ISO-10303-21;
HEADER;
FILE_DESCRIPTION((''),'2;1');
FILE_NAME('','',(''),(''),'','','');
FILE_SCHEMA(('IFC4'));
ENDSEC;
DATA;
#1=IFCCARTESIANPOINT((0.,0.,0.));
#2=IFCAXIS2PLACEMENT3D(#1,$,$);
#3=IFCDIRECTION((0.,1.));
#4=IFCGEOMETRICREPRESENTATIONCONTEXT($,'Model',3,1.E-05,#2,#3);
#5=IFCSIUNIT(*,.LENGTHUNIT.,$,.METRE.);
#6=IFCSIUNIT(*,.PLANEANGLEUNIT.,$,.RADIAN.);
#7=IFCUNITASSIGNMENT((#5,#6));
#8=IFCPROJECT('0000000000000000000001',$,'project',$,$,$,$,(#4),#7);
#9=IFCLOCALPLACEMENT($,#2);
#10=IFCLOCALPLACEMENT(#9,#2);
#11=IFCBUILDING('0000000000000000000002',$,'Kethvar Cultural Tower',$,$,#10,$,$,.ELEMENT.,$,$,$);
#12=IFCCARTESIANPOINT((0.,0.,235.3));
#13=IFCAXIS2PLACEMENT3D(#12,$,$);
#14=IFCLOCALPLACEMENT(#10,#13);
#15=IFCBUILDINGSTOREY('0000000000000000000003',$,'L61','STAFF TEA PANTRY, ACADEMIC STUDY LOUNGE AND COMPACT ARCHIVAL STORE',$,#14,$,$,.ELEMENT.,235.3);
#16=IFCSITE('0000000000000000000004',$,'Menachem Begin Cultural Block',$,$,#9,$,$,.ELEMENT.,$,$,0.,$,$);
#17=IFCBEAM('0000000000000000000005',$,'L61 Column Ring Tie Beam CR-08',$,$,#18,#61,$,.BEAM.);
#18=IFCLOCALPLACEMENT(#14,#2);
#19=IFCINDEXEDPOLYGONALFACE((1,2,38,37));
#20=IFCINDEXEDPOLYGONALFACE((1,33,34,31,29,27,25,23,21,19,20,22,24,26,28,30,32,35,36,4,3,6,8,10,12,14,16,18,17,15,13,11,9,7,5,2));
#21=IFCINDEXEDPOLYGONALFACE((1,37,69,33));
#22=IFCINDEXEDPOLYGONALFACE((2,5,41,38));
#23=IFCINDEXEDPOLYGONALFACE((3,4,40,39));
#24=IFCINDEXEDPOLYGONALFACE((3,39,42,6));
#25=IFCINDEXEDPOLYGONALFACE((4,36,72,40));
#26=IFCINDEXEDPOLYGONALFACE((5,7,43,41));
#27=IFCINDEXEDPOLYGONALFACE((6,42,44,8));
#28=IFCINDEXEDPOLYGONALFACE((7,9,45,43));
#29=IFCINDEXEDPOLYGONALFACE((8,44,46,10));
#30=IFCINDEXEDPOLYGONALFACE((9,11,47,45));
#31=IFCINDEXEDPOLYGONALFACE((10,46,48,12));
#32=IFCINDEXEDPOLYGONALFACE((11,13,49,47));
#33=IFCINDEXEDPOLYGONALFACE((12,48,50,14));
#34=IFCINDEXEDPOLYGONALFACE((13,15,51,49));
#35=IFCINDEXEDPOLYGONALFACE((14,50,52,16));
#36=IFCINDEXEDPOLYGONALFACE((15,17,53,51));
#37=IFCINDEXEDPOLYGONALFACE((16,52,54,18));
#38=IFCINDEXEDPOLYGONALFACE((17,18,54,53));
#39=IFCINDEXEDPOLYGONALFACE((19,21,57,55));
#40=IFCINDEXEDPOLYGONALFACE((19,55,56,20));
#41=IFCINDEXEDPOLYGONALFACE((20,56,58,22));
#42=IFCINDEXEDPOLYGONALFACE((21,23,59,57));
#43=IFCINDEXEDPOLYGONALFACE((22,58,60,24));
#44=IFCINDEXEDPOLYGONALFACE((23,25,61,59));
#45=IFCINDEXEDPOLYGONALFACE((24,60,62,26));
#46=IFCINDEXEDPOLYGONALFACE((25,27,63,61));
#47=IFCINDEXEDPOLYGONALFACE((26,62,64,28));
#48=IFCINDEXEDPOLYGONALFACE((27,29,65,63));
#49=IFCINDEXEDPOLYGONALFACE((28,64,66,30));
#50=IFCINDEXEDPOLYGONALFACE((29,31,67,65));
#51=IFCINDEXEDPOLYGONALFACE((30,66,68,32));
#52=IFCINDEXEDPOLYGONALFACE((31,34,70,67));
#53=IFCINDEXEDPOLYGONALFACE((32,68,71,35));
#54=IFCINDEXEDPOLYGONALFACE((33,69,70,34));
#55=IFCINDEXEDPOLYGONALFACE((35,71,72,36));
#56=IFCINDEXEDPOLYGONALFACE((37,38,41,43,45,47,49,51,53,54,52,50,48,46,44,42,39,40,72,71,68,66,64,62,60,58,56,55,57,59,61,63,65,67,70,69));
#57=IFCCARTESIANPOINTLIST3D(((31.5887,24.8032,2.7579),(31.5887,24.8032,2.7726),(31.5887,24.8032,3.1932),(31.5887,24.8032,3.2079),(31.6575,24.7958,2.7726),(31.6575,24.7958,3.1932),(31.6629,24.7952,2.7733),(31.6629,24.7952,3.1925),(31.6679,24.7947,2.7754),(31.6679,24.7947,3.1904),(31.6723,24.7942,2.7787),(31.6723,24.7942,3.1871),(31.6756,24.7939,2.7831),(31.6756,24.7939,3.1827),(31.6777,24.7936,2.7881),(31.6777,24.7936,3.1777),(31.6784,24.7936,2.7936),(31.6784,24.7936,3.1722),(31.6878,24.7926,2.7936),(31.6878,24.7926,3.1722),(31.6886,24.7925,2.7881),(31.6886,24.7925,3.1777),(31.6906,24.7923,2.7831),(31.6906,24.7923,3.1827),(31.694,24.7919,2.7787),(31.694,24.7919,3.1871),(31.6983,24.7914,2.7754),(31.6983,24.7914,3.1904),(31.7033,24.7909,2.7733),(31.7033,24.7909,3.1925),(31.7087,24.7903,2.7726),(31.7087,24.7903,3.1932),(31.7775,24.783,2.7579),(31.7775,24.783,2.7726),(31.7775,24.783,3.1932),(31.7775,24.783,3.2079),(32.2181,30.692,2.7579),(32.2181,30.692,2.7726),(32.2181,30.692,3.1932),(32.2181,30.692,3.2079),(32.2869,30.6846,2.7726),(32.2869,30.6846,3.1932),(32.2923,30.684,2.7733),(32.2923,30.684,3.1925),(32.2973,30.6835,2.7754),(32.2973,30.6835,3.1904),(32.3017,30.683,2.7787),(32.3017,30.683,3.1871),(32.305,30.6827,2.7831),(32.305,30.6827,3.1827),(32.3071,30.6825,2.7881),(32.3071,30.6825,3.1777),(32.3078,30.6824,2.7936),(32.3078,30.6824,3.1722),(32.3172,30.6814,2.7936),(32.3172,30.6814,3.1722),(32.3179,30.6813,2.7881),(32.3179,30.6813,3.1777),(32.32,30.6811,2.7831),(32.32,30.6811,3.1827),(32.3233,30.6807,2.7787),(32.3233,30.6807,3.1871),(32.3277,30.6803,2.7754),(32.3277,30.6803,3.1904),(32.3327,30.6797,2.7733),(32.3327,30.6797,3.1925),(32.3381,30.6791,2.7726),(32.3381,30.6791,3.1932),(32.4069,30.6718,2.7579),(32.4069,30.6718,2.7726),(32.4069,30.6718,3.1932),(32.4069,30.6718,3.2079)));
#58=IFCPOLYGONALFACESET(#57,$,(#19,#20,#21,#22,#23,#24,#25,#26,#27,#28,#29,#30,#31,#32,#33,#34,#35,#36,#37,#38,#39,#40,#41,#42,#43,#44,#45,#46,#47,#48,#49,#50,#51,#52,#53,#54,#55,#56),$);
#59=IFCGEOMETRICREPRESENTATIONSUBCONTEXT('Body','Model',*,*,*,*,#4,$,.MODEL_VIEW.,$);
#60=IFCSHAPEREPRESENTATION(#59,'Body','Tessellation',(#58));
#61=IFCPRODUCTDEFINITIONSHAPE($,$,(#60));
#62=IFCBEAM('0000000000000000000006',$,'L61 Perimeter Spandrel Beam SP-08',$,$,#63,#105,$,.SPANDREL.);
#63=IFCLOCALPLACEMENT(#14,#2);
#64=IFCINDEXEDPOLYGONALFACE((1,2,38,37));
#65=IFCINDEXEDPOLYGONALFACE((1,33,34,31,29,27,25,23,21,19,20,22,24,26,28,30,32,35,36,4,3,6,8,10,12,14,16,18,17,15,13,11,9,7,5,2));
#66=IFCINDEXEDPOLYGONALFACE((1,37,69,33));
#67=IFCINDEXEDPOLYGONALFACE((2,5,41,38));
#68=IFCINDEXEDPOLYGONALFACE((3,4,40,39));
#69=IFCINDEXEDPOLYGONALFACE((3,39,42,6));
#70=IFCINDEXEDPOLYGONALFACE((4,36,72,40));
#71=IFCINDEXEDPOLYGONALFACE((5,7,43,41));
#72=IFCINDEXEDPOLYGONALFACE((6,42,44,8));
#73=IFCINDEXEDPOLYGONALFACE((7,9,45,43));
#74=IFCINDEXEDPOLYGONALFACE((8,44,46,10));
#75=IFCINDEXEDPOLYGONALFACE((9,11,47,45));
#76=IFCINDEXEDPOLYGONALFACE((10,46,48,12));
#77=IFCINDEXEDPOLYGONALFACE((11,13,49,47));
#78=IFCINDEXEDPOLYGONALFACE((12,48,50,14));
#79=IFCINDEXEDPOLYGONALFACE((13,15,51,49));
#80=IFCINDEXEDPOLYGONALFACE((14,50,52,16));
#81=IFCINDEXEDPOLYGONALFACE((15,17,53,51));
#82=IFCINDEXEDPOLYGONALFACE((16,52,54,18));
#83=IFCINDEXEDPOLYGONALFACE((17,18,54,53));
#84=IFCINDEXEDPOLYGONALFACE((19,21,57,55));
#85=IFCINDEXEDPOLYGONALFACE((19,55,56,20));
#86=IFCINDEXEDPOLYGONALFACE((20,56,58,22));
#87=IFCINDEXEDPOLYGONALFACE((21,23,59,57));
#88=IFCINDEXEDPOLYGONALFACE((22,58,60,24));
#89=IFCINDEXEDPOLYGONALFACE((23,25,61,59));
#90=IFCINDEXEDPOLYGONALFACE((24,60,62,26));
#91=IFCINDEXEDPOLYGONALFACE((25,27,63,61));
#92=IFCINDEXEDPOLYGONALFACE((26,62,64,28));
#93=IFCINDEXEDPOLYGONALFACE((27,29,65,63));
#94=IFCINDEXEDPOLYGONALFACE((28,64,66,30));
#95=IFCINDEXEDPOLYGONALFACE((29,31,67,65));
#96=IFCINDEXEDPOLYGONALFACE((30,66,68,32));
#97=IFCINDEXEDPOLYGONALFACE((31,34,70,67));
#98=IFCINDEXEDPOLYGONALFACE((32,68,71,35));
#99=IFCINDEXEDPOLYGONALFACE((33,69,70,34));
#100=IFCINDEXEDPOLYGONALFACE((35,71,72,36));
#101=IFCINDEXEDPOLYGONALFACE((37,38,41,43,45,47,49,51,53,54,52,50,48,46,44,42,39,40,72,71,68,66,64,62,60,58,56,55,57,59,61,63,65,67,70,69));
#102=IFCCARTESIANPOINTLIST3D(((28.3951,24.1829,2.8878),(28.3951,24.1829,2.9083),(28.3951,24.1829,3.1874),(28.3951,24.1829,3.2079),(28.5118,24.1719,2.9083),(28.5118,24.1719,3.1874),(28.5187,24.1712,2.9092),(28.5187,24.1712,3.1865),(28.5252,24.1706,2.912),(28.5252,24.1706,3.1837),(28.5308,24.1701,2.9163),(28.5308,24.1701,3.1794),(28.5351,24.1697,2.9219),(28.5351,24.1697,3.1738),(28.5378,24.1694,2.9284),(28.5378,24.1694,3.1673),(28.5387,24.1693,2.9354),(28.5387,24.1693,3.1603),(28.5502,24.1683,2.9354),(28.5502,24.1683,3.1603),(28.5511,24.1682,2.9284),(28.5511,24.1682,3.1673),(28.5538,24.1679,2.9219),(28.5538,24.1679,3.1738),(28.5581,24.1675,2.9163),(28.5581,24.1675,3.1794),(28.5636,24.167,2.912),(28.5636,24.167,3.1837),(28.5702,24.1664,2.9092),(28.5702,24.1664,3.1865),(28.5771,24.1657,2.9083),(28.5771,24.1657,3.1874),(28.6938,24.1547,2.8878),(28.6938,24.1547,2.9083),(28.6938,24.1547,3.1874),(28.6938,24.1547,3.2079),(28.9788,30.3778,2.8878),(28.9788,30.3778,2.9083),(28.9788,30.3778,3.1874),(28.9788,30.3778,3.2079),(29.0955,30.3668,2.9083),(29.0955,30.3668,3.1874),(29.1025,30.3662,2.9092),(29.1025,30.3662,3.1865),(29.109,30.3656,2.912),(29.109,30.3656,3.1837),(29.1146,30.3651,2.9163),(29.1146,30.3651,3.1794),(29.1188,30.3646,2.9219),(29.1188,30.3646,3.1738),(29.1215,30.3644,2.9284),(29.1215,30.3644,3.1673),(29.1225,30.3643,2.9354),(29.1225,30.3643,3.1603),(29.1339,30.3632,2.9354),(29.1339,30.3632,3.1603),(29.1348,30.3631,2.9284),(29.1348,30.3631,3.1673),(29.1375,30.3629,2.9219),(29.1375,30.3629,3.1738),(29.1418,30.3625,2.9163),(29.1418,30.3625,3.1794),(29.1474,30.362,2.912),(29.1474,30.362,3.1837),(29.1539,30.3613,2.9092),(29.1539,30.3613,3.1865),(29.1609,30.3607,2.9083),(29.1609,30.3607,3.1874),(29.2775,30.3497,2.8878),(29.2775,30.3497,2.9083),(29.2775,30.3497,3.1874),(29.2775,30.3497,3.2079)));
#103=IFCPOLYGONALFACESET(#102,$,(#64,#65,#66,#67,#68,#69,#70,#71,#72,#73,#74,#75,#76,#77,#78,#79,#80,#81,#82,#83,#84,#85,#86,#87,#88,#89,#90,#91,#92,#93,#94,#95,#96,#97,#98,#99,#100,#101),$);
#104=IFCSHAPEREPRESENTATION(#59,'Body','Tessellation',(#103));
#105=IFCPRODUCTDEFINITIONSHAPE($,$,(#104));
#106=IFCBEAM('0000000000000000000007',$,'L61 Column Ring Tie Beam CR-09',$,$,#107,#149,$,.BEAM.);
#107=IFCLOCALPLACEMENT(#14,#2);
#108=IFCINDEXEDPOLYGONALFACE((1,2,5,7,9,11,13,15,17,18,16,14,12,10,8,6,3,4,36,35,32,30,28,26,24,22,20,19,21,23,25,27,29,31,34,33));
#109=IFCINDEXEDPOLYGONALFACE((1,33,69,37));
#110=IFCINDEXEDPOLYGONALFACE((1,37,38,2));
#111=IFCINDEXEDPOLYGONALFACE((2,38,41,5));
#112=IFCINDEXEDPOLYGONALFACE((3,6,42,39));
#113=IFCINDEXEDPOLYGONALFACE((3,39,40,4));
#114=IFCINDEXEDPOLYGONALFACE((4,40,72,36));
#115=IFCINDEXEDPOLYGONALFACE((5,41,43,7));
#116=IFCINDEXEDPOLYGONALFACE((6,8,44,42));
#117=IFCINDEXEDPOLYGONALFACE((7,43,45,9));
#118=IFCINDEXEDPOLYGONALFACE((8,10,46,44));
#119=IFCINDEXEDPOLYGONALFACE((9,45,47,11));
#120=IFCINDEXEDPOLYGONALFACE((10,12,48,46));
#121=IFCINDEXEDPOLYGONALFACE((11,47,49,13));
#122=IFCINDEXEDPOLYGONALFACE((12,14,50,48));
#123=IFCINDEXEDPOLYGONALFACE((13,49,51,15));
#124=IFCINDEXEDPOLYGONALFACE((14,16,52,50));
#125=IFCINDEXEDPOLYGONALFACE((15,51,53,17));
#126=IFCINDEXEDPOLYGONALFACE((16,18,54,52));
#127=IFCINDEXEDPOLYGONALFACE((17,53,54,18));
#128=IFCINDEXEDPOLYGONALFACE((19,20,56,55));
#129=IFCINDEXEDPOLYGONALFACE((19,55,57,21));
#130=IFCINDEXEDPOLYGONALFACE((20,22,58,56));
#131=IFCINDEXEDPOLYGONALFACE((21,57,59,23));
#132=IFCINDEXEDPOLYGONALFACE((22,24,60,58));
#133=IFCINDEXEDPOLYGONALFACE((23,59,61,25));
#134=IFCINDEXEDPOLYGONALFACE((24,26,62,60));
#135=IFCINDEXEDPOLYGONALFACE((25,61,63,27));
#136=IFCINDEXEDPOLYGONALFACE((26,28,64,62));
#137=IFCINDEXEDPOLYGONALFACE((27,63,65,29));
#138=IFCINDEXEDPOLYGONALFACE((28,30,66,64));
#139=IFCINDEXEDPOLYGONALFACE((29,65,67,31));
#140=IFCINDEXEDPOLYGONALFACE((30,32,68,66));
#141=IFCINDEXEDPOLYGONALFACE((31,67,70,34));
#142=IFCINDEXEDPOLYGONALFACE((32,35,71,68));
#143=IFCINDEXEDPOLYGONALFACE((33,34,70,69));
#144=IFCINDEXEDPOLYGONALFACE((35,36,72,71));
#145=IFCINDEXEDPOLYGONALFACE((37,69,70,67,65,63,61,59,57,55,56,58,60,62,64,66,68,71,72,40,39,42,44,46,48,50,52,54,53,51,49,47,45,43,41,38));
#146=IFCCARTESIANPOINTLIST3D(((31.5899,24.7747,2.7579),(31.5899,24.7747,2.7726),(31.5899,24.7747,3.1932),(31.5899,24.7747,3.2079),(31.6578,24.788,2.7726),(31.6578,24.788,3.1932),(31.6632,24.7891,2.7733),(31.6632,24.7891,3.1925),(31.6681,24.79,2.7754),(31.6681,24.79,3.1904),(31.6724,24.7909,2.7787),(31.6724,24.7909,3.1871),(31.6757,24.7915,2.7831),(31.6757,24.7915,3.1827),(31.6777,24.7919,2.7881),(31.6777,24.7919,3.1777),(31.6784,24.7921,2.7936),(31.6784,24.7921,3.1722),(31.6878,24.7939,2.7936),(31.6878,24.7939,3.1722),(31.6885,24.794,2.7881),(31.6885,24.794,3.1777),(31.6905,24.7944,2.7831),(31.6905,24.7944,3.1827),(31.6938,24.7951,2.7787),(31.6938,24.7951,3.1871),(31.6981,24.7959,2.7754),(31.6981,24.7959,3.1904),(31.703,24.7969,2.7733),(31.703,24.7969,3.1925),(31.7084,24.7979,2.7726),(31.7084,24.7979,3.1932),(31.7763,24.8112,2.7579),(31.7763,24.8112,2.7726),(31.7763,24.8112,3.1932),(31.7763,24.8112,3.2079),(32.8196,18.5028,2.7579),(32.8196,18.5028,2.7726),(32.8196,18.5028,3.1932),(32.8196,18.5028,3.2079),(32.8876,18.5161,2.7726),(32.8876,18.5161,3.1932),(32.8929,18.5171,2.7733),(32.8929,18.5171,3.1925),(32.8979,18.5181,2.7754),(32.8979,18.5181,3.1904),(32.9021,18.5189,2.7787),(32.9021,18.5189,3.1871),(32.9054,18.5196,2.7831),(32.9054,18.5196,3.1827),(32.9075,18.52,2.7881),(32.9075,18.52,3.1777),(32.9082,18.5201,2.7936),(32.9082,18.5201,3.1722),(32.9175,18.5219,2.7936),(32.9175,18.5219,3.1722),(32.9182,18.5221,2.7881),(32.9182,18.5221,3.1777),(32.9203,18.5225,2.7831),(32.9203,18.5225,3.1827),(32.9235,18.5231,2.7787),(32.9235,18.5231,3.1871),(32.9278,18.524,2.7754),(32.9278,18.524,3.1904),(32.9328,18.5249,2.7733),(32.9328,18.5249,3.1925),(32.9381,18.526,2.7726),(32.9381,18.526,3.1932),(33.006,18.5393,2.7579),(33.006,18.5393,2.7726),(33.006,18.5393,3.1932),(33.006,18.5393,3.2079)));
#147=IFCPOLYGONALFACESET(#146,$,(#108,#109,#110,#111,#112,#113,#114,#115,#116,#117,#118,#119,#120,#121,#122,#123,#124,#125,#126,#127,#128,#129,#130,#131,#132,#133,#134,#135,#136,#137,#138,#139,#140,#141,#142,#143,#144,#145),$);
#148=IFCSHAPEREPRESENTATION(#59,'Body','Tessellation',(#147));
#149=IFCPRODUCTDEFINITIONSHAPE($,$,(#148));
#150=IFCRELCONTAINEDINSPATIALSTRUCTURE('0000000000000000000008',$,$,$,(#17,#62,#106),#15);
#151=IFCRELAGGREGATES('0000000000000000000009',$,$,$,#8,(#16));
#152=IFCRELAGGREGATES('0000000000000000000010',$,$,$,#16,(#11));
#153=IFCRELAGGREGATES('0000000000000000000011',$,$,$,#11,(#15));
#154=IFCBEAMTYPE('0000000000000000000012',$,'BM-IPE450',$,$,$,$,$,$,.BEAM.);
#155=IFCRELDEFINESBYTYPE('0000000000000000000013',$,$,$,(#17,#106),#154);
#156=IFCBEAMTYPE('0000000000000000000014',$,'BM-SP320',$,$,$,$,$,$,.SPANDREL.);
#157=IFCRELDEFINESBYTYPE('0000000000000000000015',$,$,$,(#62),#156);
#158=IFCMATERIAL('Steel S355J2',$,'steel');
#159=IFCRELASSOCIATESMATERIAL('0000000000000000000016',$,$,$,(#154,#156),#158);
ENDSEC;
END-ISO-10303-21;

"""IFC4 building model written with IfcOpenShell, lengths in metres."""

from ifc_helpers import new_model, si_unit, direction, frame, origin, origin_2d, place, context, subcontext, project, spatial, i_section, extrude, source, transform, mapped, material, material_profile, profile_set, type_object, element, save


model = new_model("IFC4")

# Units and contexts
model_context = context("Model", 3, precision=1e-05, world=origin(), true_north=direction((0.0, 1.0)))
body_context = subcontext(model_context, "Body", "Model", "MODEL_VIEW")
ifc_project = project(units=[si_unit("LENGTHUNIT", "METRE"), si_unit("PLANEANGLEUNIT", "RADIAN")], contexts=[model_context])

# Site, building, storey
site_placement = place(None, origin())
site = spatial("IfcSite", under=ifc_project, at=site_placement, Name="Menachem Begin Cultural Block", CompositionType="ELEMENT", RefElevation=0.0)
building_placement = place(site_placement, origin())
building = spatial("IfcBuilding", under=site, at=building_placement, Name="Kethvar Cultural Tower", CompositionType="ELEMENT")
storey_placement = place(building_placement, frame((0.0, 0.0, 235.3)))
storey = spatial("IfcBuildingStorey", under=building, at=storey_placement, Name="L61", Description="STAFF TEA PANTRY, ACADEMIC STUDY LOUNGE AND COMPACT ARCHIVAL STORE", CompositionType="ELEMENT", Elevation=235.3)

# Beams
ifc_material_1 = material(Name="Steel S355J2", Category="steel")
ifc_material_profile_1 = material_profile(ifc_material_1, i_section(OverallWidth=0.1899, OverallDepth=0.45, WebThickness=0.0095, FlangeThickness=0.0146, FilletRadius=0.021, at=origin_2d()), Name="Steel S355J2 — IPE450")
ifc_profile_set_1 = profile_set([ifc_material_profile_1], Name="Steel S355J2 — IPE450")
beam_type_1 = type_object("IfcBeamType", Name="BM-IPE450", PredefinedType="BEAM", material=ifc_profile_set_1)
shared_shape_1 = source(origin(), body_context, "Body", "SweptSolid", [
    extrude(i_section(OverallWidth=0.1899, OverallDepth=0.45, WebThickness=0.0095, FlangeThickness=0.0146, FilletRadius=0.021, at=origin_2d()), origin(), (0.0, 0.0, 1.0), 5.9224),
])
beam_1_placement = place(storey_placement, frame((32.3125, 30.6819, 2.9829), z_axis=(-0.106273, -0.994337, 0.0), x_axis=(0.994337, -0.106273, 0.0)))
element("IfcBeam", 1, at=beam_1_placement, inside=storey, type_object=beam_type_1, Name="L61 Column Ring Tie Beam CR-08", PredefinedType="BEAM", context=body_context, shape_type="MappedRepresentation", body=[
    mapped(shared_shape_1, transform((0.0, 0.0, 0.0), scale=1.0)),
])
ifc_material_profile_2 = material_profile(ifc_material_1, i_section(OverallWidth=0.3, OverallDepth=0.3201, WebThickness=0.0115, FlangeThickness=0.0205, FilletRadius=0.0271, at=origin_2d()), Name="Steel S355J2 — HEB320")
ifc_profile_set_2 = profile_set([ifc_material_profile_2], Name="Steel S355J2 — HEB320")
beam_type_2 = type_object("IfcBeamType", Name="BM-SP320", PredefinedType="SPANDREL", material=ifc_profile_set_2)
shared_shape_2 = source(origin(), body_context, "Body", "SweptSolid", [
    extrude(i_section(OverallWidth=0.3, OverallDepth=0.3201, WebThickness=0.0115, FlangeThickness=0.0205, FilletRadius=0.0271, at=origin_2d()), origin(), (0.0, 0.0, 1.0), 6.2224),
])
beam_2_placement = place(storey_placement, frame((29.1282, 30.3638, 3.0479), z_axis=(-0.093811, -0.99559, 0.0), x_axis=(0.99559, -0.093811, 0.0)))
element("IfcBeam", 2, at=beam_2_placement, inside=storey, type_object=beam_type_2, Name="L61 Perimeter Spandrel Beam SP-08", PredefinedType="SPANDREL", context=body_context, shape_type="MappedRepresentation", body=[
    mapped(shared_shape_2, transform((0.0, 0.0, 0.0), scale=1.0)),
])
shared_shape_3 = source(origin(), body_context, "Body", "SweptSolid", [
    extrude(i_section(OverallWidth=0.1899, OverallDepth=0.45, WebThickness=0.0095, FlangeThickness=0.0146, FilletRadius=0.021, at=origin_2d()), origin(), (0.0, 0.0, 1.0), 6.3914),
])
beam_3_placement = place(storey_placement, frame((31.6831, 24.793, 2.9829), z_axis=(0.192405, -0.981316, 0.0), x_axis=(0.981316, 0.192405, 0.0)))
element("IfcBeam", 3, at=beam_3_placement, inside=storey, type_object=beam_type_1, Name="L61 Column Ring Tie Beam CR-09", PredefinedType="BEAM", context=body_context, shape_type="MappedRepresentation", body=[
    mapped(shared_shape_3, transform((0.0, 0.0, 0.0), scale=1.0)),
])

save(model, "model.ifc")
